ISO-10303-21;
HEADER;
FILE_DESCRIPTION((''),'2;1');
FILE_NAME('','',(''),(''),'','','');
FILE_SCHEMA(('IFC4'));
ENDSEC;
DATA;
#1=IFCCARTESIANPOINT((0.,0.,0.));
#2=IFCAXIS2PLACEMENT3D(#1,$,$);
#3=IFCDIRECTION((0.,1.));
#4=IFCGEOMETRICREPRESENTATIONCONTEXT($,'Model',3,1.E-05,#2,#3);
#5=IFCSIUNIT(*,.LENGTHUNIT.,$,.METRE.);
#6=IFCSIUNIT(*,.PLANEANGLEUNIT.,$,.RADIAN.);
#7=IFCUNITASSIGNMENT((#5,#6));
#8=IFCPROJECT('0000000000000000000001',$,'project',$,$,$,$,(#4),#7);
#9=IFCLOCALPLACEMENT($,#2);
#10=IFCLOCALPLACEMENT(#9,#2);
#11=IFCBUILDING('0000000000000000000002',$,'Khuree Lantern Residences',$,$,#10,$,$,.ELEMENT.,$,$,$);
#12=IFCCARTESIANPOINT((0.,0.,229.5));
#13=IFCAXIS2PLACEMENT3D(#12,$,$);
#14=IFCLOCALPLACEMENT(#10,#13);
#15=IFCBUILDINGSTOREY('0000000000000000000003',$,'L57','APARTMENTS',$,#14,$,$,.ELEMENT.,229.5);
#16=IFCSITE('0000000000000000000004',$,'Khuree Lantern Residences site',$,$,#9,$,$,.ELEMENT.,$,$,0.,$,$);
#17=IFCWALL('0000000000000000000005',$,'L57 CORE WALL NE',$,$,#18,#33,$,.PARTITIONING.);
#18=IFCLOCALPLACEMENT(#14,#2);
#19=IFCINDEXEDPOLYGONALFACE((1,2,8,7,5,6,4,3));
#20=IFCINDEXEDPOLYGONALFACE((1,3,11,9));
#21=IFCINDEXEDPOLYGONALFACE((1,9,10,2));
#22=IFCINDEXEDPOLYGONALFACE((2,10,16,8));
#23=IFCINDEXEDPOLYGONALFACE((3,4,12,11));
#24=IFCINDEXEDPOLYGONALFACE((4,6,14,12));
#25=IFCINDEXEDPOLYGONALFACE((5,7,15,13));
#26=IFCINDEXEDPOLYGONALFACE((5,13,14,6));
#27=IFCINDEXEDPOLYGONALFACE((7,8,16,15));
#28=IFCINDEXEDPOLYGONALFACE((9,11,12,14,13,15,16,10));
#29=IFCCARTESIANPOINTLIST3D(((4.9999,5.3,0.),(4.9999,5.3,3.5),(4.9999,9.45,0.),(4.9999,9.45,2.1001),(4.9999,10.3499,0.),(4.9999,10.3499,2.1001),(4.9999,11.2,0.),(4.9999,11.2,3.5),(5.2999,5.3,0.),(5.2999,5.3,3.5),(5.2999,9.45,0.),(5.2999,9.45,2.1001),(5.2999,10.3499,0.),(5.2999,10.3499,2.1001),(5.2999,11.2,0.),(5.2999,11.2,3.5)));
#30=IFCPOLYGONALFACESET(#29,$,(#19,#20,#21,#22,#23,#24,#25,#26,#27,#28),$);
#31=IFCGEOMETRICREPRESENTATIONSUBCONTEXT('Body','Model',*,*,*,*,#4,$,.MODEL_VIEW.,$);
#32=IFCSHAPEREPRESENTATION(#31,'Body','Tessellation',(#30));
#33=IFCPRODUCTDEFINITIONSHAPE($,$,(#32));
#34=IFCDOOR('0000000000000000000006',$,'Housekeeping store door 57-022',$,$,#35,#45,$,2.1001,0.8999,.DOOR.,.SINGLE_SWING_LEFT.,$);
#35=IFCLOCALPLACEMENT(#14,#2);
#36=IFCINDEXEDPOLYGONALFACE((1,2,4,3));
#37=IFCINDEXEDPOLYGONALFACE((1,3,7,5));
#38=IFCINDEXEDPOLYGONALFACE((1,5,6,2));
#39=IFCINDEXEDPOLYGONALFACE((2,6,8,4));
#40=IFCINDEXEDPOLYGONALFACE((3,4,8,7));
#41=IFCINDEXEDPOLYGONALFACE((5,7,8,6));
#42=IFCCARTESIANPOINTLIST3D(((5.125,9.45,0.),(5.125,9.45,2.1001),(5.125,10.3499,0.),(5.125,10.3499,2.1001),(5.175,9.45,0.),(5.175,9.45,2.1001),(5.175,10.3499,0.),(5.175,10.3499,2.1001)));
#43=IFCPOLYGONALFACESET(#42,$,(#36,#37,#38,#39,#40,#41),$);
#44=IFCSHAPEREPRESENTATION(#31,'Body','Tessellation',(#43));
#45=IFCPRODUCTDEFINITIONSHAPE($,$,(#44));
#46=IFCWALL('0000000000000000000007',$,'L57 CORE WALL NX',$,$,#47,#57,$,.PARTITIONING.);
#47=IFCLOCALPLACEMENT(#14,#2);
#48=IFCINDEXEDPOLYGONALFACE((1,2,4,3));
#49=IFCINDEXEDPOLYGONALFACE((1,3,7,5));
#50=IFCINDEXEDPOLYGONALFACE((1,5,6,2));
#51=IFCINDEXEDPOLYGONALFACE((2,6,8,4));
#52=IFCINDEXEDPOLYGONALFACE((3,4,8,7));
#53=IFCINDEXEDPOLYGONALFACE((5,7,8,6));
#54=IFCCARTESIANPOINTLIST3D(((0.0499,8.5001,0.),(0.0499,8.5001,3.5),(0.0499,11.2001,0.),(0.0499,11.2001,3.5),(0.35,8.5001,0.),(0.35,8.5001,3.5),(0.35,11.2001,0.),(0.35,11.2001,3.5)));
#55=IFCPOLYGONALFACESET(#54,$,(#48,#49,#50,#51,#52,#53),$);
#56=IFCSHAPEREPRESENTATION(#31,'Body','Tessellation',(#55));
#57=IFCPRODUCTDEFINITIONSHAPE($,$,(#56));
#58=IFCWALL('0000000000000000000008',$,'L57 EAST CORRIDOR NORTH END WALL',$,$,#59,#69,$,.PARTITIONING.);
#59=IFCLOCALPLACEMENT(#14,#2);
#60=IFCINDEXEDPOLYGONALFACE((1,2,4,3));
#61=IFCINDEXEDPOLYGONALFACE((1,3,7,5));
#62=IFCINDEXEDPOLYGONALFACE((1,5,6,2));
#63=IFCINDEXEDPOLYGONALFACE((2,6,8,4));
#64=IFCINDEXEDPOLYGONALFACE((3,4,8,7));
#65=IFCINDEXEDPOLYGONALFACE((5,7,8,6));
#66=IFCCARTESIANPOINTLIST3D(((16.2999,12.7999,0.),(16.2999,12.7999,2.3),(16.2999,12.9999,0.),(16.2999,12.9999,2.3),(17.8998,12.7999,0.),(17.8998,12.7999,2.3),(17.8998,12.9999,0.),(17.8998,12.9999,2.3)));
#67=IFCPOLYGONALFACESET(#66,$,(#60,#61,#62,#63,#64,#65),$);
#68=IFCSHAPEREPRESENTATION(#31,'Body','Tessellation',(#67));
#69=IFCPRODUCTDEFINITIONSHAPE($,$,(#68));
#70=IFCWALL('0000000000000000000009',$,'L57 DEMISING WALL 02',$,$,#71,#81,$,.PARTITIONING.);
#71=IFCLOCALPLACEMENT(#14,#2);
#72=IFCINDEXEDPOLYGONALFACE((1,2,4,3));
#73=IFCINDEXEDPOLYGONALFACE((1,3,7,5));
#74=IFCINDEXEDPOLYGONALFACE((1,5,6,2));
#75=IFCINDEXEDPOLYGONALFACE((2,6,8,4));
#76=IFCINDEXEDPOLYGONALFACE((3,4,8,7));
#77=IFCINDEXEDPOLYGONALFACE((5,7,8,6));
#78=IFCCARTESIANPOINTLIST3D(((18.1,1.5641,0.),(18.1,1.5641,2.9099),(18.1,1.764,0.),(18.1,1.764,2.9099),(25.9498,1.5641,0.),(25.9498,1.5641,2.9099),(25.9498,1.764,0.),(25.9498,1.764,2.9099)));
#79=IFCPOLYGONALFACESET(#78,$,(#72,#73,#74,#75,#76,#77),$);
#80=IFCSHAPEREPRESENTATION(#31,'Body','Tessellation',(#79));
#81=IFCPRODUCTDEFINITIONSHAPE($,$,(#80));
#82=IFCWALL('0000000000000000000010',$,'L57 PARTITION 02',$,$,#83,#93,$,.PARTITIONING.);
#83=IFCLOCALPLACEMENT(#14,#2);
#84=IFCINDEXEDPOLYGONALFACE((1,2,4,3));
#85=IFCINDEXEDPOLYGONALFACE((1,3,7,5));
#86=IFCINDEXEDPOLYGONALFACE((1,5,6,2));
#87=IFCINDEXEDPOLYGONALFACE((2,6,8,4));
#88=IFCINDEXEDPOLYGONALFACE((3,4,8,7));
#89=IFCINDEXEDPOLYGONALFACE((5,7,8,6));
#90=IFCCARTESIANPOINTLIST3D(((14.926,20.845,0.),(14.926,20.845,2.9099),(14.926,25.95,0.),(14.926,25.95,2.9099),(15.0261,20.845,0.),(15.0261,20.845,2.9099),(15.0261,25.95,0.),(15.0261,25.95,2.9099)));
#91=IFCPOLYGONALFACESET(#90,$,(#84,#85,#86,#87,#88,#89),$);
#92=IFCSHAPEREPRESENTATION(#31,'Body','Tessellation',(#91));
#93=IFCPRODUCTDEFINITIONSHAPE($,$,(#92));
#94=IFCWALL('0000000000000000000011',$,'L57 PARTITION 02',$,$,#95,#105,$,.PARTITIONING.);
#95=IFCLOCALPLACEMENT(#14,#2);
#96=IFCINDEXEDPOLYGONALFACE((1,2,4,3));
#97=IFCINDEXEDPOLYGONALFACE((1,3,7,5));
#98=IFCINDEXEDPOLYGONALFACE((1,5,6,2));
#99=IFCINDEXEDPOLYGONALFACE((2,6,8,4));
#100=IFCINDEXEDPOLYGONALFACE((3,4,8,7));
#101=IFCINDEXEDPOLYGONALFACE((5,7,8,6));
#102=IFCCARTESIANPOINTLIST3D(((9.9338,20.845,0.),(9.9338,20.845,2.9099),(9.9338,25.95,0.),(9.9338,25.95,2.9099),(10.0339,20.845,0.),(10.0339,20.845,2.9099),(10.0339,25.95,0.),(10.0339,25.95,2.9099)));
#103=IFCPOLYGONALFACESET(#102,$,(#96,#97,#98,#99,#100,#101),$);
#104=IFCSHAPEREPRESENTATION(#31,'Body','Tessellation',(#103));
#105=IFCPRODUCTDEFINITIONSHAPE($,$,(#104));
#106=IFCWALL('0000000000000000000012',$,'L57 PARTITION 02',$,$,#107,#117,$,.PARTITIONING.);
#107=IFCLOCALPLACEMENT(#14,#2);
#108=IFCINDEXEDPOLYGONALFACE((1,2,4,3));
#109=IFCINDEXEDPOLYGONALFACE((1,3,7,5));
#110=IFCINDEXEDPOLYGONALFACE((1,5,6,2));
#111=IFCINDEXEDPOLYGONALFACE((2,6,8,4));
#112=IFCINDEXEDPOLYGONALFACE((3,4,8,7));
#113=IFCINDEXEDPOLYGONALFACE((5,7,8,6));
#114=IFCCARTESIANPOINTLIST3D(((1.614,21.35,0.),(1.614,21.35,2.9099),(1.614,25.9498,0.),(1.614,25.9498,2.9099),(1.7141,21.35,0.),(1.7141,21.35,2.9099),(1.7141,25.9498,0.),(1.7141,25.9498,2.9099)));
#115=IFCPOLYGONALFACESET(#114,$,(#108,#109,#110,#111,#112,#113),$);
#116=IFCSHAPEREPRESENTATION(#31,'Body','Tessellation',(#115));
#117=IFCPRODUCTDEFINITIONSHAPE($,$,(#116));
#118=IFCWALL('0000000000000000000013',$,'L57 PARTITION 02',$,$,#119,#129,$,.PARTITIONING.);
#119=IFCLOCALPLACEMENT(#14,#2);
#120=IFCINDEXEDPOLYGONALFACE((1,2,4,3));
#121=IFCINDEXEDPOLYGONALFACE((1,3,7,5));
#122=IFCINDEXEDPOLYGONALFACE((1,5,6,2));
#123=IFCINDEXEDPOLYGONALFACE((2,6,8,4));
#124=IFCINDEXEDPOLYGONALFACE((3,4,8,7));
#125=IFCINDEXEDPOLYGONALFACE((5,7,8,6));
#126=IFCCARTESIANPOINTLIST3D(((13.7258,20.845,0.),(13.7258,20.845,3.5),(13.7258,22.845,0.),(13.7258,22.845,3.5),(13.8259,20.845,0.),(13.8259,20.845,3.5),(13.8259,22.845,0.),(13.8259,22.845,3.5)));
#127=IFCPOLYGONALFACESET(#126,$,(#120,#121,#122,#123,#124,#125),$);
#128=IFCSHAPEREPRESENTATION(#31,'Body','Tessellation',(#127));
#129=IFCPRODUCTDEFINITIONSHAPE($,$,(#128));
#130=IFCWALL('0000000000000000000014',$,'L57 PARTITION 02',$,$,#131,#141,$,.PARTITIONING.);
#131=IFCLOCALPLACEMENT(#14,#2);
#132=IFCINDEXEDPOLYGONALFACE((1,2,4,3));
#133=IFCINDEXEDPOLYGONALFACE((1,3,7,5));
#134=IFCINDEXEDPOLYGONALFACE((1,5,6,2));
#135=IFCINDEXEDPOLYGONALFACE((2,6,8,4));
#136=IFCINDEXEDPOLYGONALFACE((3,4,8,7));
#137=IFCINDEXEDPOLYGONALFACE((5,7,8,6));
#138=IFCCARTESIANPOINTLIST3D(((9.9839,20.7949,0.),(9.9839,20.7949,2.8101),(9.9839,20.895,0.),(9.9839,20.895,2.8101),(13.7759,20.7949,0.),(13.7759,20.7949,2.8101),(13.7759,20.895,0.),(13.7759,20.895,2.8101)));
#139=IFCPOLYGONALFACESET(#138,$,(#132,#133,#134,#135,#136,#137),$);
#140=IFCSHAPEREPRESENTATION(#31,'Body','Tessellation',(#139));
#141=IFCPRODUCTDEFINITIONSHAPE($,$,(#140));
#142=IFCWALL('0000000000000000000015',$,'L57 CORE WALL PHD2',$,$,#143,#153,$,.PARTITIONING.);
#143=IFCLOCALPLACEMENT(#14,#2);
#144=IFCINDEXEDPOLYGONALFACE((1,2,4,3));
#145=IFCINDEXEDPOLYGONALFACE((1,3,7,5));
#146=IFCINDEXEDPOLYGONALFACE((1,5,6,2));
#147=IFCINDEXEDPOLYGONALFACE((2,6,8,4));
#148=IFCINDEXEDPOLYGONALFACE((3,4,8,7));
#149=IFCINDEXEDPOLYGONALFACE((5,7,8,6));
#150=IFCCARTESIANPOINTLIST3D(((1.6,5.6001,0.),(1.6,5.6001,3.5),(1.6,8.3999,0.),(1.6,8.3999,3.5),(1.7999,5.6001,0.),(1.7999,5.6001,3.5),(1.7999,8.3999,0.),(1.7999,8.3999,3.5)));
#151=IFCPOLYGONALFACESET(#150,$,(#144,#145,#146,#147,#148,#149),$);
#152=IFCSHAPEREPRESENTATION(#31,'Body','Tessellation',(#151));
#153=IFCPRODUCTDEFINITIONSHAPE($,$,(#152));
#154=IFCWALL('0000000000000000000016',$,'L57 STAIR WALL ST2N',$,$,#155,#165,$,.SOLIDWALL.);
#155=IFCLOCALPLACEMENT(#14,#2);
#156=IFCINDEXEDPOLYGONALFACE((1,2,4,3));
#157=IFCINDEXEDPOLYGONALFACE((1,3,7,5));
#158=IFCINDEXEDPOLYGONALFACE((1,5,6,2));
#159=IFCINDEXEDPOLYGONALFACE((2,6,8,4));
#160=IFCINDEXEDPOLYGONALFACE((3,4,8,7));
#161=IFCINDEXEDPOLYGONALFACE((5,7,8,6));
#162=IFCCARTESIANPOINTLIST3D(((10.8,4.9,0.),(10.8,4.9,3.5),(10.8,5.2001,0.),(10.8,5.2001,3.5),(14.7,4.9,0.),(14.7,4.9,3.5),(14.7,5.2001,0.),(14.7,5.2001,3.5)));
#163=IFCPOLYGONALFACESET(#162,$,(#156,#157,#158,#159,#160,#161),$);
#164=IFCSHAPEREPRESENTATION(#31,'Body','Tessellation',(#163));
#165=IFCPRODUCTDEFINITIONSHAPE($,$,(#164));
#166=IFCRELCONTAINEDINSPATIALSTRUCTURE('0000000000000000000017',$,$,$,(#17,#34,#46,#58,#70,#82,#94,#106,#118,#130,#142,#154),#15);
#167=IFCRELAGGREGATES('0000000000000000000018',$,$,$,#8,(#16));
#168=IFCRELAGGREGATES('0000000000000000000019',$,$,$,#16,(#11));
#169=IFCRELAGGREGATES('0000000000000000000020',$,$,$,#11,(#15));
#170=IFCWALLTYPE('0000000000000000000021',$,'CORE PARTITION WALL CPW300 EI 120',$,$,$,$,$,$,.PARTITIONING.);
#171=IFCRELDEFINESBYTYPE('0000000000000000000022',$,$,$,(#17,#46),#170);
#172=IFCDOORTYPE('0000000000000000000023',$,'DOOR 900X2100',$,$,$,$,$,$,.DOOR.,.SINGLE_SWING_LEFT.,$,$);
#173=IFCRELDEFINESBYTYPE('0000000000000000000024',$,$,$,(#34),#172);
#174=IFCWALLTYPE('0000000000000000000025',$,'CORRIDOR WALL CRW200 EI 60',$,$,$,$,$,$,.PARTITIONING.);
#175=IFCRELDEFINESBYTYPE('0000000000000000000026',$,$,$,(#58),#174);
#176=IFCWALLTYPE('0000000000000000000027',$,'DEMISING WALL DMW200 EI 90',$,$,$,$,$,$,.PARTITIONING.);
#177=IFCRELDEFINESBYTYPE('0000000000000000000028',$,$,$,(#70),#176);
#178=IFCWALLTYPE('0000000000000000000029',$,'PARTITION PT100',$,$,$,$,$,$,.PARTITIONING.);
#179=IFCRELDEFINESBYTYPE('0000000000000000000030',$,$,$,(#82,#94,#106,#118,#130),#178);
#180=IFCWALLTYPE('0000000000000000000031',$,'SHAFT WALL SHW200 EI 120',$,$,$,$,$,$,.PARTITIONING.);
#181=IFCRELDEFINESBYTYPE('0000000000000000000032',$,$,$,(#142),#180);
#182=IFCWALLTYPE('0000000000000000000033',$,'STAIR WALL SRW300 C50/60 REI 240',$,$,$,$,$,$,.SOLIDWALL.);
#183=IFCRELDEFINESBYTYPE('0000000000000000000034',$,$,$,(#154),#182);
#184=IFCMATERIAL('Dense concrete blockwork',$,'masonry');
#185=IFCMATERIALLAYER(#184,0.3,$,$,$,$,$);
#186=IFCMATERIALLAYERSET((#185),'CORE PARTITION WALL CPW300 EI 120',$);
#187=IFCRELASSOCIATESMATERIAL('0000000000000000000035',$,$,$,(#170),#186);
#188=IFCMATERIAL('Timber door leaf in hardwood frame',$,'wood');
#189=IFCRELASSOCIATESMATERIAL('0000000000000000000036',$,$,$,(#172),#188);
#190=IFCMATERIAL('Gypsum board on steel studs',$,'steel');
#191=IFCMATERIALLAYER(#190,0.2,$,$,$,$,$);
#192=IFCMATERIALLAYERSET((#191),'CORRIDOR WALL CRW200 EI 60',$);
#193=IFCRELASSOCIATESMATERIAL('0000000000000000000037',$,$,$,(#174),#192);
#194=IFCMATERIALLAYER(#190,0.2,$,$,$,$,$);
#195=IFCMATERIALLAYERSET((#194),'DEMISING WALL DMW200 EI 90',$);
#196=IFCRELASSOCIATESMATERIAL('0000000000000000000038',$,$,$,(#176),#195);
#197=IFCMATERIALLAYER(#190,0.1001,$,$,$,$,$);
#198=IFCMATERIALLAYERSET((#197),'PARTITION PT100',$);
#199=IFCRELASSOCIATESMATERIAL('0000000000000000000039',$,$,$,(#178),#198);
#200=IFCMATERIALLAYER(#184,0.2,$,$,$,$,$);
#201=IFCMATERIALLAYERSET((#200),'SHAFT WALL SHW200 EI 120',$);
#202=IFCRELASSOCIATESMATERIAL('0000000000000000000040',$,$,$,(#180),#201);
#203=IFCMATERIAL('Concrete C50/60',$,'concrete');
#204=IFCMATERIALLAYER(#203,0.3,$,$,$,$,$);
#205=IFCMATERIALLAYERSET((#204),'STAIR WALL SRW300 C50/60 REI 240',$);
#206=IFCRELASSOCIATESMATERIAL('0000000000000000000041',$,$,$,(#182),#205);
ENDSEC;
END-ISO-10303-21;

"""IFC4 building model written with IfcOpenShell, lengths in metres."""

from ifc_helpers import new_model, si_unit, direction, frame, frame_2d, origin, place, context, subcontext, project, spatial, rectangle, extrude, material, layer, layer_set, type_object, element, fill, save


model = new_model("IFC4")

# Units and contexts
model_context = context("Model", 3, precision=1e-05, world=origin(), true_north=direction((0.0, 1.0)))
body_context = subcontext(model_context, "Body", "Model", "MODEL_VIEW")
ifc_project = project(units=[si_unit("LENGTHUNIT", "METRE"), si_unit("PLANEANGLEUNIT", "RADIAN")], contexts=[model_context])

# Site, building, storey
site_placement = place(None, origin())
site = spatial("IfcSite", under=ifc_project, at=site_placement, Name="Khuree Lantern Residences site", CompositionType="ELEMENT", RefElevation=0.0)
building_placement = place(site_placement, origin())
building = spatial("IfcBuilding", under=site, at=building_placement, Name="Khuree Lantern Residences", CompositionType="ELEMENT")
storey_placement = place(building_placement, frame((0.0, 0.0, 229.5)))
storey = spatial("IfcBuildingStorey", under=building, at=storey_placement, Name="L57", Description="APARTMENTS", CompositionType="ELEMENT", Elevation=229.5)

# Shared definitions
ifc_material_1 = material(Name="Concrete C50/60", Category="concrete")

# Shared definitions
ifc_material_2 = material(Name="Dense concrete blockwork", Category="masonry")
ifc_layer_1 = layer(ifc_material_2, 0.3)
ifc_layer_set_1 = layer_set([ifc_layer_1], Name="CORE PARTITION WALL CPW300 EI 120")
wall_type_1 = type_object("IfcWallType", Name="CORE PARTITION WALL CPW300 EI 120", PredefinedType="PARTITIONING", material=ifc_layer_set_1)

# Wall, opening, door
wall_1_placement = place(storey_placement, frame((5.1499, 5.3, 0.0), z_axis=(0.0, 0.0, 1.0), x_axis=(0.0, 1.0, 0.0)))
wall_1 = element("IfcWall", 1, at=wall_1_placement, inside=storey, type_object=wall_type_1, Name="L57 CORE WALL NE", PredefinedType="PARTITIONING", context=body_context, shape_type="SweptSolid", body=[
    extrude(rectangle(XDim=5.8999, YDim=0.3, at=frame_2d((2.95, 0.0))), origin(), (0.0, 0.0, 1.0), 3.5),
])
opening_placement = place(wall_1_placement, frame((4.1499, 0.0, 0.0)))
opening = element("IfcOpeningElement", 2, at=opening_placement, cuts=wall_1, PredefinedType="OPENING", context=body_context, shape_type="SweptSolid", body=[
    extrude(rectangle(XDim=0.8999, YDim=2.1001, at=frame_2d((0.45, 1.05))), frame((0.0, 0.1602, 0.0), z_axis=(0.0, -1.0, 0.0), x_axis=(1.0, 0.0, 0.0)), (0.0, 0.0, 1.0), 0.3201),
])
ifc_material_3 = material(Name="Timber door leaf in hardwood frame", Category="wood")
door_type = type_object("IfcDoorType", Name="DOOR 900X2100", OperationType="SINGLE_SWING_LEFT", PredefinedType="DOOR", material=ifc_material_3)
door_placement = place(opening_placement, origin())
door = element("IfcDoor", 3, at=door_placement, inside=storey, type_object=door_type, Name="Housekeeping store door 57-022", OperationType="SINGLE_SWING_LEFT", OverallHeight=2.1001, OverallWidth=0.8999, PredefinedType="DOOR", context=body_context, shape_type="SweptSolid", body=[
    extrude(rectangle(XDim=0.8999, YDim=2.1001, at=frame_2d((0.45, 1.05))), frame((0.0, 0.0249, 0.0), z_axis=(0.0, -1.0, 0.0), x_axis=(1.0, 0.0, 0.0)), (0.0, 0.0, 1.0), 0.05),
])
fill(opening, door)

# Walls
wall_2_placement = place(storey_placement, frame((0.2, 8.5, 0.0), z_axis=(0.0, 0.0, 1.0), x_axis=(0.0, 1.0, 0.0)))
element("IfcWall", 4, at=wall_2_placement, inside=storey, type_object=wall_type_1, Name="L57 CORE WALL NX", PredefinedType="PARTITIONING", context=body_context, shape_type="SweptSolid", body=[
    extrude(rectangle(XDim=2.7, YDim=0.3, at=frame_2d((1.3501, 0.0))), origin(), (0.0, 0.0, 1.0), 3.5),
])
ifc_material_4 = material(Name="Gypsum board on steel studs", Category="steel")
ifc_layer_2 = layer(ifc_material_4, 0.2)
ifc_layer_set_2 = layer_set([ifc_layer_2], Name="CORRIDOR WALL CRW200 EI 60")
wall_type_2 = type_object("IfcWallType", Name="CORRIDOR WALL CRW200 EI 60", PredefinedType="PARTITIONING", material=ifc_layer_set_2)
wall_3_placement = place(storey_placement, frame((16.3, 12.8999, 0.0), z_axis=(0.0, 0.0, 1.0), x_axis=(1.0, 0.0, 0.0)))
element("IfcWall", 5, at=wall_3_placement, inside=storey, type_object=wall_type_2, Name="L57 EAST CORRIDOR NORTH END WALL", PredefinedType="PARTITIONING", context=body_context, shape_type="SweptSolid", body=[
    extrude(rectangle(XDim=1.5999, YDim=0.2, at=frame_2d((0.7998, 0.0))), origin(), (0.0, 0.0, 1.0), 2.3),
])
ifc_layer_3 = layer(ifc_material_4, 0.2)
ifc_layer_set_3 = layer_set([ifc_layer_3], Name="DEMISING WALL DMW200 EI 90")
wall_type_3 = type_object("IfcWallType", Name="DEMISING WALL DMW200 EI 90", PredefinedType="PARTITIONING", material=ifc_layer_set_3)
wall_4_placement = place(storey_placement, frame((18.1001, 1.6641, 0.0), z_axis=(0.0, 0.0, 1.0), x_axis=(1.0, 0.0, 0.0)))
element("IfcWall", 6, at=wall_4_placement, inside=storey, type_object=wall_type_3, Name="L57 DEMISING WALL 02", PredefinedType="PARTITIONING", context=body_context, shape_type="SweptSolid", body=[
    extrude(rectangle(XDim=7.8499, YDim=0.2, at=frame_2d((3.9248, 0.0))), origin(), (0.0, 0.0, 1.0), 2.9099),
])
ifc_layer_4 = layer(ifc_material_4, 0.1001)
ifc_layer_set_4 = layer_set([ifc_layer_4], Name="PARTITION PT100")
wall_type_4 = type_object("IfcWallType", Name="PARTITION PT100", PredefinedType="PARTITIONING", material=ifc_layer_set_4)
for number, where, z_axis, x_axis, name in (
    (7, (14.9761, 20.845, 0.0), (0.0, 0.0, 1.0), (0.0, 1.0, 0.0), "L57 PARTITION 02"),
    (8, (9.9839, 20.845, 0.0), (0.0, 0.0, 1.0), (0.0, 1.0, 0.0), "L57 PARTITION 02"),
):
    element("IfcWall", number, at=place(storey_placement, frame(where, z_axis=z_axis, x_axis=x_axis)), inside=storey, type_object=wall_type_4, Name=name, PredefinedType="PARTITIONING", context=body_context, shape_type="SweptSolid", body=[
        extrude(rectangle(XDim=5.105, YDim=0.1001, at=frame_2d((2.5525, 0.0))), origin(), (0.0, 0.0, 1.0), 2.9099),
    ])
wall_5_placement = place(storey_placement, frame((1.6641, 21.3501, 0.0), z_axis=(0.0, 0.0, 1.0), x_axis=(0.0, 1.0, 0.0)))
element("IfcWall", 9, at=wall_5_placement, inside=storey, type_object=wall_type_4, Name="L57 PARTITION 02", PredefinedType="PARTITIONING", context=body_context, shape_type="SweptSolid", body=[
    extrude(rectangle(XDim=4.5999, YDim=0.1001, at=frame_2d((2.2998, 0.0))), origin(), (0.0, 0.0, 1.0), 2.9099),
])
wall_6_placement = place(storey_placement, frame((13.7759, 20.845, 0.0), z_axis=(0.0, 0.0, 1.0), x_axis=(0.0, 1.0, 0.0)))
element("IfcWall", 10, at=wall_6_placement, inside=storey, type_object=wall_type_4, Name="L57 PARTITION 02", PredefinedType="PARTITIONING", context=body_context, shape_type="SweptSolid", body=[
    extrude(rectangle(XDim=2.0, YDim=0.1001, at=frame_2d((1.0, 0.0))), origin(), (0.0, 0.0, 1.0), 3.5),
])
wall_7_placement = place(storey_placement, frame((13.7759, 20.845, 0.0), z_axis=(0.0, 0.0, 1.0), x_axis=(-1.0, 0.0, 0.0)))
element("IfcWall", 11, at=wall_7_placement, inside=storey, type_object=wall_type_4, Name="L57 PARTITION 02", PredefinedType="PARTITIONING", context=body_context, shape_type="SweptSolid", body=[
    extrude(rectangle(XDim=3.792, YDim=0.1001, at=frame_2d((1.896, 0.0))), origin(), (0.0, 0.0, 1.0), 2.8101),
])
ifc_layer_5 = layer(ifc_material_2, 0.2)
ifc_layer_set_5 = layer_set([ifc_layer_5], Name="SHAFT WALL SHW200 EI 120")
wall_type_5 = type_object("IfcWallType", Name="SHAFT WALL SHW200 EI 120", PredefinedType="PARTITIONING", material=ifc_layer_set_5)
wall_8_placement = place(storey_placement, frame((1.7, 5.6001, 0.0), z_axis=(0.0, 0.0, 1.0), x_axis=(0.0, 1.0, 0.0)))
element("IfcWall", 12, at=wall_8_placement, inside=storey, type_object=wall_type_5, Name="L57 CORE WALL PHD2", PredefinedType="PARTITIONING", context=body_context, shape_type="SweptSolid", body=[
    extrude(rectangle(XDim=2.7998, YDim=0.2, at=frame_2d((1.3999, 0.0))), origin(), (0.0, 0.0, 1.0), 3.5),
])
ifc_layer_6 = layer(ifc_material_1, 0.3)
ifc_layer_set_6 = layer_set([ifc_layer_6], Name="STAIR WALL SRW300 C50/60 REI 240")
wall_type_6 = type_object("IfcWallType", Name="STAIR WALL SRW300 C50/60 REI 240", PredefinedType="SOLIDWALL", material=ifc_layer_set_6)
wall_9_placement = place(storey_placement, frame((14.7, 5.05, 0.0), z_axis=(0.0, 0.0, 1.0), x_axis=(-1.0, 0.0, 0.0)))
element("IfcWall", 13, at=wall_9_placement, inside=storey, type_object=wall_type_6, Name="L57 STAIR WALL ST2N", PredefinedType="SOLIDWALL", context=body_context, shape_type="SweptSolid", body=[
    extrude(rectangle(XDim=3.8999, YDim=0.3, at=frame_2d((1.95, 0.0))), origin(), (0.0, 0.0, 1.0), 3.5),
])

save(model, "model.ifc")
